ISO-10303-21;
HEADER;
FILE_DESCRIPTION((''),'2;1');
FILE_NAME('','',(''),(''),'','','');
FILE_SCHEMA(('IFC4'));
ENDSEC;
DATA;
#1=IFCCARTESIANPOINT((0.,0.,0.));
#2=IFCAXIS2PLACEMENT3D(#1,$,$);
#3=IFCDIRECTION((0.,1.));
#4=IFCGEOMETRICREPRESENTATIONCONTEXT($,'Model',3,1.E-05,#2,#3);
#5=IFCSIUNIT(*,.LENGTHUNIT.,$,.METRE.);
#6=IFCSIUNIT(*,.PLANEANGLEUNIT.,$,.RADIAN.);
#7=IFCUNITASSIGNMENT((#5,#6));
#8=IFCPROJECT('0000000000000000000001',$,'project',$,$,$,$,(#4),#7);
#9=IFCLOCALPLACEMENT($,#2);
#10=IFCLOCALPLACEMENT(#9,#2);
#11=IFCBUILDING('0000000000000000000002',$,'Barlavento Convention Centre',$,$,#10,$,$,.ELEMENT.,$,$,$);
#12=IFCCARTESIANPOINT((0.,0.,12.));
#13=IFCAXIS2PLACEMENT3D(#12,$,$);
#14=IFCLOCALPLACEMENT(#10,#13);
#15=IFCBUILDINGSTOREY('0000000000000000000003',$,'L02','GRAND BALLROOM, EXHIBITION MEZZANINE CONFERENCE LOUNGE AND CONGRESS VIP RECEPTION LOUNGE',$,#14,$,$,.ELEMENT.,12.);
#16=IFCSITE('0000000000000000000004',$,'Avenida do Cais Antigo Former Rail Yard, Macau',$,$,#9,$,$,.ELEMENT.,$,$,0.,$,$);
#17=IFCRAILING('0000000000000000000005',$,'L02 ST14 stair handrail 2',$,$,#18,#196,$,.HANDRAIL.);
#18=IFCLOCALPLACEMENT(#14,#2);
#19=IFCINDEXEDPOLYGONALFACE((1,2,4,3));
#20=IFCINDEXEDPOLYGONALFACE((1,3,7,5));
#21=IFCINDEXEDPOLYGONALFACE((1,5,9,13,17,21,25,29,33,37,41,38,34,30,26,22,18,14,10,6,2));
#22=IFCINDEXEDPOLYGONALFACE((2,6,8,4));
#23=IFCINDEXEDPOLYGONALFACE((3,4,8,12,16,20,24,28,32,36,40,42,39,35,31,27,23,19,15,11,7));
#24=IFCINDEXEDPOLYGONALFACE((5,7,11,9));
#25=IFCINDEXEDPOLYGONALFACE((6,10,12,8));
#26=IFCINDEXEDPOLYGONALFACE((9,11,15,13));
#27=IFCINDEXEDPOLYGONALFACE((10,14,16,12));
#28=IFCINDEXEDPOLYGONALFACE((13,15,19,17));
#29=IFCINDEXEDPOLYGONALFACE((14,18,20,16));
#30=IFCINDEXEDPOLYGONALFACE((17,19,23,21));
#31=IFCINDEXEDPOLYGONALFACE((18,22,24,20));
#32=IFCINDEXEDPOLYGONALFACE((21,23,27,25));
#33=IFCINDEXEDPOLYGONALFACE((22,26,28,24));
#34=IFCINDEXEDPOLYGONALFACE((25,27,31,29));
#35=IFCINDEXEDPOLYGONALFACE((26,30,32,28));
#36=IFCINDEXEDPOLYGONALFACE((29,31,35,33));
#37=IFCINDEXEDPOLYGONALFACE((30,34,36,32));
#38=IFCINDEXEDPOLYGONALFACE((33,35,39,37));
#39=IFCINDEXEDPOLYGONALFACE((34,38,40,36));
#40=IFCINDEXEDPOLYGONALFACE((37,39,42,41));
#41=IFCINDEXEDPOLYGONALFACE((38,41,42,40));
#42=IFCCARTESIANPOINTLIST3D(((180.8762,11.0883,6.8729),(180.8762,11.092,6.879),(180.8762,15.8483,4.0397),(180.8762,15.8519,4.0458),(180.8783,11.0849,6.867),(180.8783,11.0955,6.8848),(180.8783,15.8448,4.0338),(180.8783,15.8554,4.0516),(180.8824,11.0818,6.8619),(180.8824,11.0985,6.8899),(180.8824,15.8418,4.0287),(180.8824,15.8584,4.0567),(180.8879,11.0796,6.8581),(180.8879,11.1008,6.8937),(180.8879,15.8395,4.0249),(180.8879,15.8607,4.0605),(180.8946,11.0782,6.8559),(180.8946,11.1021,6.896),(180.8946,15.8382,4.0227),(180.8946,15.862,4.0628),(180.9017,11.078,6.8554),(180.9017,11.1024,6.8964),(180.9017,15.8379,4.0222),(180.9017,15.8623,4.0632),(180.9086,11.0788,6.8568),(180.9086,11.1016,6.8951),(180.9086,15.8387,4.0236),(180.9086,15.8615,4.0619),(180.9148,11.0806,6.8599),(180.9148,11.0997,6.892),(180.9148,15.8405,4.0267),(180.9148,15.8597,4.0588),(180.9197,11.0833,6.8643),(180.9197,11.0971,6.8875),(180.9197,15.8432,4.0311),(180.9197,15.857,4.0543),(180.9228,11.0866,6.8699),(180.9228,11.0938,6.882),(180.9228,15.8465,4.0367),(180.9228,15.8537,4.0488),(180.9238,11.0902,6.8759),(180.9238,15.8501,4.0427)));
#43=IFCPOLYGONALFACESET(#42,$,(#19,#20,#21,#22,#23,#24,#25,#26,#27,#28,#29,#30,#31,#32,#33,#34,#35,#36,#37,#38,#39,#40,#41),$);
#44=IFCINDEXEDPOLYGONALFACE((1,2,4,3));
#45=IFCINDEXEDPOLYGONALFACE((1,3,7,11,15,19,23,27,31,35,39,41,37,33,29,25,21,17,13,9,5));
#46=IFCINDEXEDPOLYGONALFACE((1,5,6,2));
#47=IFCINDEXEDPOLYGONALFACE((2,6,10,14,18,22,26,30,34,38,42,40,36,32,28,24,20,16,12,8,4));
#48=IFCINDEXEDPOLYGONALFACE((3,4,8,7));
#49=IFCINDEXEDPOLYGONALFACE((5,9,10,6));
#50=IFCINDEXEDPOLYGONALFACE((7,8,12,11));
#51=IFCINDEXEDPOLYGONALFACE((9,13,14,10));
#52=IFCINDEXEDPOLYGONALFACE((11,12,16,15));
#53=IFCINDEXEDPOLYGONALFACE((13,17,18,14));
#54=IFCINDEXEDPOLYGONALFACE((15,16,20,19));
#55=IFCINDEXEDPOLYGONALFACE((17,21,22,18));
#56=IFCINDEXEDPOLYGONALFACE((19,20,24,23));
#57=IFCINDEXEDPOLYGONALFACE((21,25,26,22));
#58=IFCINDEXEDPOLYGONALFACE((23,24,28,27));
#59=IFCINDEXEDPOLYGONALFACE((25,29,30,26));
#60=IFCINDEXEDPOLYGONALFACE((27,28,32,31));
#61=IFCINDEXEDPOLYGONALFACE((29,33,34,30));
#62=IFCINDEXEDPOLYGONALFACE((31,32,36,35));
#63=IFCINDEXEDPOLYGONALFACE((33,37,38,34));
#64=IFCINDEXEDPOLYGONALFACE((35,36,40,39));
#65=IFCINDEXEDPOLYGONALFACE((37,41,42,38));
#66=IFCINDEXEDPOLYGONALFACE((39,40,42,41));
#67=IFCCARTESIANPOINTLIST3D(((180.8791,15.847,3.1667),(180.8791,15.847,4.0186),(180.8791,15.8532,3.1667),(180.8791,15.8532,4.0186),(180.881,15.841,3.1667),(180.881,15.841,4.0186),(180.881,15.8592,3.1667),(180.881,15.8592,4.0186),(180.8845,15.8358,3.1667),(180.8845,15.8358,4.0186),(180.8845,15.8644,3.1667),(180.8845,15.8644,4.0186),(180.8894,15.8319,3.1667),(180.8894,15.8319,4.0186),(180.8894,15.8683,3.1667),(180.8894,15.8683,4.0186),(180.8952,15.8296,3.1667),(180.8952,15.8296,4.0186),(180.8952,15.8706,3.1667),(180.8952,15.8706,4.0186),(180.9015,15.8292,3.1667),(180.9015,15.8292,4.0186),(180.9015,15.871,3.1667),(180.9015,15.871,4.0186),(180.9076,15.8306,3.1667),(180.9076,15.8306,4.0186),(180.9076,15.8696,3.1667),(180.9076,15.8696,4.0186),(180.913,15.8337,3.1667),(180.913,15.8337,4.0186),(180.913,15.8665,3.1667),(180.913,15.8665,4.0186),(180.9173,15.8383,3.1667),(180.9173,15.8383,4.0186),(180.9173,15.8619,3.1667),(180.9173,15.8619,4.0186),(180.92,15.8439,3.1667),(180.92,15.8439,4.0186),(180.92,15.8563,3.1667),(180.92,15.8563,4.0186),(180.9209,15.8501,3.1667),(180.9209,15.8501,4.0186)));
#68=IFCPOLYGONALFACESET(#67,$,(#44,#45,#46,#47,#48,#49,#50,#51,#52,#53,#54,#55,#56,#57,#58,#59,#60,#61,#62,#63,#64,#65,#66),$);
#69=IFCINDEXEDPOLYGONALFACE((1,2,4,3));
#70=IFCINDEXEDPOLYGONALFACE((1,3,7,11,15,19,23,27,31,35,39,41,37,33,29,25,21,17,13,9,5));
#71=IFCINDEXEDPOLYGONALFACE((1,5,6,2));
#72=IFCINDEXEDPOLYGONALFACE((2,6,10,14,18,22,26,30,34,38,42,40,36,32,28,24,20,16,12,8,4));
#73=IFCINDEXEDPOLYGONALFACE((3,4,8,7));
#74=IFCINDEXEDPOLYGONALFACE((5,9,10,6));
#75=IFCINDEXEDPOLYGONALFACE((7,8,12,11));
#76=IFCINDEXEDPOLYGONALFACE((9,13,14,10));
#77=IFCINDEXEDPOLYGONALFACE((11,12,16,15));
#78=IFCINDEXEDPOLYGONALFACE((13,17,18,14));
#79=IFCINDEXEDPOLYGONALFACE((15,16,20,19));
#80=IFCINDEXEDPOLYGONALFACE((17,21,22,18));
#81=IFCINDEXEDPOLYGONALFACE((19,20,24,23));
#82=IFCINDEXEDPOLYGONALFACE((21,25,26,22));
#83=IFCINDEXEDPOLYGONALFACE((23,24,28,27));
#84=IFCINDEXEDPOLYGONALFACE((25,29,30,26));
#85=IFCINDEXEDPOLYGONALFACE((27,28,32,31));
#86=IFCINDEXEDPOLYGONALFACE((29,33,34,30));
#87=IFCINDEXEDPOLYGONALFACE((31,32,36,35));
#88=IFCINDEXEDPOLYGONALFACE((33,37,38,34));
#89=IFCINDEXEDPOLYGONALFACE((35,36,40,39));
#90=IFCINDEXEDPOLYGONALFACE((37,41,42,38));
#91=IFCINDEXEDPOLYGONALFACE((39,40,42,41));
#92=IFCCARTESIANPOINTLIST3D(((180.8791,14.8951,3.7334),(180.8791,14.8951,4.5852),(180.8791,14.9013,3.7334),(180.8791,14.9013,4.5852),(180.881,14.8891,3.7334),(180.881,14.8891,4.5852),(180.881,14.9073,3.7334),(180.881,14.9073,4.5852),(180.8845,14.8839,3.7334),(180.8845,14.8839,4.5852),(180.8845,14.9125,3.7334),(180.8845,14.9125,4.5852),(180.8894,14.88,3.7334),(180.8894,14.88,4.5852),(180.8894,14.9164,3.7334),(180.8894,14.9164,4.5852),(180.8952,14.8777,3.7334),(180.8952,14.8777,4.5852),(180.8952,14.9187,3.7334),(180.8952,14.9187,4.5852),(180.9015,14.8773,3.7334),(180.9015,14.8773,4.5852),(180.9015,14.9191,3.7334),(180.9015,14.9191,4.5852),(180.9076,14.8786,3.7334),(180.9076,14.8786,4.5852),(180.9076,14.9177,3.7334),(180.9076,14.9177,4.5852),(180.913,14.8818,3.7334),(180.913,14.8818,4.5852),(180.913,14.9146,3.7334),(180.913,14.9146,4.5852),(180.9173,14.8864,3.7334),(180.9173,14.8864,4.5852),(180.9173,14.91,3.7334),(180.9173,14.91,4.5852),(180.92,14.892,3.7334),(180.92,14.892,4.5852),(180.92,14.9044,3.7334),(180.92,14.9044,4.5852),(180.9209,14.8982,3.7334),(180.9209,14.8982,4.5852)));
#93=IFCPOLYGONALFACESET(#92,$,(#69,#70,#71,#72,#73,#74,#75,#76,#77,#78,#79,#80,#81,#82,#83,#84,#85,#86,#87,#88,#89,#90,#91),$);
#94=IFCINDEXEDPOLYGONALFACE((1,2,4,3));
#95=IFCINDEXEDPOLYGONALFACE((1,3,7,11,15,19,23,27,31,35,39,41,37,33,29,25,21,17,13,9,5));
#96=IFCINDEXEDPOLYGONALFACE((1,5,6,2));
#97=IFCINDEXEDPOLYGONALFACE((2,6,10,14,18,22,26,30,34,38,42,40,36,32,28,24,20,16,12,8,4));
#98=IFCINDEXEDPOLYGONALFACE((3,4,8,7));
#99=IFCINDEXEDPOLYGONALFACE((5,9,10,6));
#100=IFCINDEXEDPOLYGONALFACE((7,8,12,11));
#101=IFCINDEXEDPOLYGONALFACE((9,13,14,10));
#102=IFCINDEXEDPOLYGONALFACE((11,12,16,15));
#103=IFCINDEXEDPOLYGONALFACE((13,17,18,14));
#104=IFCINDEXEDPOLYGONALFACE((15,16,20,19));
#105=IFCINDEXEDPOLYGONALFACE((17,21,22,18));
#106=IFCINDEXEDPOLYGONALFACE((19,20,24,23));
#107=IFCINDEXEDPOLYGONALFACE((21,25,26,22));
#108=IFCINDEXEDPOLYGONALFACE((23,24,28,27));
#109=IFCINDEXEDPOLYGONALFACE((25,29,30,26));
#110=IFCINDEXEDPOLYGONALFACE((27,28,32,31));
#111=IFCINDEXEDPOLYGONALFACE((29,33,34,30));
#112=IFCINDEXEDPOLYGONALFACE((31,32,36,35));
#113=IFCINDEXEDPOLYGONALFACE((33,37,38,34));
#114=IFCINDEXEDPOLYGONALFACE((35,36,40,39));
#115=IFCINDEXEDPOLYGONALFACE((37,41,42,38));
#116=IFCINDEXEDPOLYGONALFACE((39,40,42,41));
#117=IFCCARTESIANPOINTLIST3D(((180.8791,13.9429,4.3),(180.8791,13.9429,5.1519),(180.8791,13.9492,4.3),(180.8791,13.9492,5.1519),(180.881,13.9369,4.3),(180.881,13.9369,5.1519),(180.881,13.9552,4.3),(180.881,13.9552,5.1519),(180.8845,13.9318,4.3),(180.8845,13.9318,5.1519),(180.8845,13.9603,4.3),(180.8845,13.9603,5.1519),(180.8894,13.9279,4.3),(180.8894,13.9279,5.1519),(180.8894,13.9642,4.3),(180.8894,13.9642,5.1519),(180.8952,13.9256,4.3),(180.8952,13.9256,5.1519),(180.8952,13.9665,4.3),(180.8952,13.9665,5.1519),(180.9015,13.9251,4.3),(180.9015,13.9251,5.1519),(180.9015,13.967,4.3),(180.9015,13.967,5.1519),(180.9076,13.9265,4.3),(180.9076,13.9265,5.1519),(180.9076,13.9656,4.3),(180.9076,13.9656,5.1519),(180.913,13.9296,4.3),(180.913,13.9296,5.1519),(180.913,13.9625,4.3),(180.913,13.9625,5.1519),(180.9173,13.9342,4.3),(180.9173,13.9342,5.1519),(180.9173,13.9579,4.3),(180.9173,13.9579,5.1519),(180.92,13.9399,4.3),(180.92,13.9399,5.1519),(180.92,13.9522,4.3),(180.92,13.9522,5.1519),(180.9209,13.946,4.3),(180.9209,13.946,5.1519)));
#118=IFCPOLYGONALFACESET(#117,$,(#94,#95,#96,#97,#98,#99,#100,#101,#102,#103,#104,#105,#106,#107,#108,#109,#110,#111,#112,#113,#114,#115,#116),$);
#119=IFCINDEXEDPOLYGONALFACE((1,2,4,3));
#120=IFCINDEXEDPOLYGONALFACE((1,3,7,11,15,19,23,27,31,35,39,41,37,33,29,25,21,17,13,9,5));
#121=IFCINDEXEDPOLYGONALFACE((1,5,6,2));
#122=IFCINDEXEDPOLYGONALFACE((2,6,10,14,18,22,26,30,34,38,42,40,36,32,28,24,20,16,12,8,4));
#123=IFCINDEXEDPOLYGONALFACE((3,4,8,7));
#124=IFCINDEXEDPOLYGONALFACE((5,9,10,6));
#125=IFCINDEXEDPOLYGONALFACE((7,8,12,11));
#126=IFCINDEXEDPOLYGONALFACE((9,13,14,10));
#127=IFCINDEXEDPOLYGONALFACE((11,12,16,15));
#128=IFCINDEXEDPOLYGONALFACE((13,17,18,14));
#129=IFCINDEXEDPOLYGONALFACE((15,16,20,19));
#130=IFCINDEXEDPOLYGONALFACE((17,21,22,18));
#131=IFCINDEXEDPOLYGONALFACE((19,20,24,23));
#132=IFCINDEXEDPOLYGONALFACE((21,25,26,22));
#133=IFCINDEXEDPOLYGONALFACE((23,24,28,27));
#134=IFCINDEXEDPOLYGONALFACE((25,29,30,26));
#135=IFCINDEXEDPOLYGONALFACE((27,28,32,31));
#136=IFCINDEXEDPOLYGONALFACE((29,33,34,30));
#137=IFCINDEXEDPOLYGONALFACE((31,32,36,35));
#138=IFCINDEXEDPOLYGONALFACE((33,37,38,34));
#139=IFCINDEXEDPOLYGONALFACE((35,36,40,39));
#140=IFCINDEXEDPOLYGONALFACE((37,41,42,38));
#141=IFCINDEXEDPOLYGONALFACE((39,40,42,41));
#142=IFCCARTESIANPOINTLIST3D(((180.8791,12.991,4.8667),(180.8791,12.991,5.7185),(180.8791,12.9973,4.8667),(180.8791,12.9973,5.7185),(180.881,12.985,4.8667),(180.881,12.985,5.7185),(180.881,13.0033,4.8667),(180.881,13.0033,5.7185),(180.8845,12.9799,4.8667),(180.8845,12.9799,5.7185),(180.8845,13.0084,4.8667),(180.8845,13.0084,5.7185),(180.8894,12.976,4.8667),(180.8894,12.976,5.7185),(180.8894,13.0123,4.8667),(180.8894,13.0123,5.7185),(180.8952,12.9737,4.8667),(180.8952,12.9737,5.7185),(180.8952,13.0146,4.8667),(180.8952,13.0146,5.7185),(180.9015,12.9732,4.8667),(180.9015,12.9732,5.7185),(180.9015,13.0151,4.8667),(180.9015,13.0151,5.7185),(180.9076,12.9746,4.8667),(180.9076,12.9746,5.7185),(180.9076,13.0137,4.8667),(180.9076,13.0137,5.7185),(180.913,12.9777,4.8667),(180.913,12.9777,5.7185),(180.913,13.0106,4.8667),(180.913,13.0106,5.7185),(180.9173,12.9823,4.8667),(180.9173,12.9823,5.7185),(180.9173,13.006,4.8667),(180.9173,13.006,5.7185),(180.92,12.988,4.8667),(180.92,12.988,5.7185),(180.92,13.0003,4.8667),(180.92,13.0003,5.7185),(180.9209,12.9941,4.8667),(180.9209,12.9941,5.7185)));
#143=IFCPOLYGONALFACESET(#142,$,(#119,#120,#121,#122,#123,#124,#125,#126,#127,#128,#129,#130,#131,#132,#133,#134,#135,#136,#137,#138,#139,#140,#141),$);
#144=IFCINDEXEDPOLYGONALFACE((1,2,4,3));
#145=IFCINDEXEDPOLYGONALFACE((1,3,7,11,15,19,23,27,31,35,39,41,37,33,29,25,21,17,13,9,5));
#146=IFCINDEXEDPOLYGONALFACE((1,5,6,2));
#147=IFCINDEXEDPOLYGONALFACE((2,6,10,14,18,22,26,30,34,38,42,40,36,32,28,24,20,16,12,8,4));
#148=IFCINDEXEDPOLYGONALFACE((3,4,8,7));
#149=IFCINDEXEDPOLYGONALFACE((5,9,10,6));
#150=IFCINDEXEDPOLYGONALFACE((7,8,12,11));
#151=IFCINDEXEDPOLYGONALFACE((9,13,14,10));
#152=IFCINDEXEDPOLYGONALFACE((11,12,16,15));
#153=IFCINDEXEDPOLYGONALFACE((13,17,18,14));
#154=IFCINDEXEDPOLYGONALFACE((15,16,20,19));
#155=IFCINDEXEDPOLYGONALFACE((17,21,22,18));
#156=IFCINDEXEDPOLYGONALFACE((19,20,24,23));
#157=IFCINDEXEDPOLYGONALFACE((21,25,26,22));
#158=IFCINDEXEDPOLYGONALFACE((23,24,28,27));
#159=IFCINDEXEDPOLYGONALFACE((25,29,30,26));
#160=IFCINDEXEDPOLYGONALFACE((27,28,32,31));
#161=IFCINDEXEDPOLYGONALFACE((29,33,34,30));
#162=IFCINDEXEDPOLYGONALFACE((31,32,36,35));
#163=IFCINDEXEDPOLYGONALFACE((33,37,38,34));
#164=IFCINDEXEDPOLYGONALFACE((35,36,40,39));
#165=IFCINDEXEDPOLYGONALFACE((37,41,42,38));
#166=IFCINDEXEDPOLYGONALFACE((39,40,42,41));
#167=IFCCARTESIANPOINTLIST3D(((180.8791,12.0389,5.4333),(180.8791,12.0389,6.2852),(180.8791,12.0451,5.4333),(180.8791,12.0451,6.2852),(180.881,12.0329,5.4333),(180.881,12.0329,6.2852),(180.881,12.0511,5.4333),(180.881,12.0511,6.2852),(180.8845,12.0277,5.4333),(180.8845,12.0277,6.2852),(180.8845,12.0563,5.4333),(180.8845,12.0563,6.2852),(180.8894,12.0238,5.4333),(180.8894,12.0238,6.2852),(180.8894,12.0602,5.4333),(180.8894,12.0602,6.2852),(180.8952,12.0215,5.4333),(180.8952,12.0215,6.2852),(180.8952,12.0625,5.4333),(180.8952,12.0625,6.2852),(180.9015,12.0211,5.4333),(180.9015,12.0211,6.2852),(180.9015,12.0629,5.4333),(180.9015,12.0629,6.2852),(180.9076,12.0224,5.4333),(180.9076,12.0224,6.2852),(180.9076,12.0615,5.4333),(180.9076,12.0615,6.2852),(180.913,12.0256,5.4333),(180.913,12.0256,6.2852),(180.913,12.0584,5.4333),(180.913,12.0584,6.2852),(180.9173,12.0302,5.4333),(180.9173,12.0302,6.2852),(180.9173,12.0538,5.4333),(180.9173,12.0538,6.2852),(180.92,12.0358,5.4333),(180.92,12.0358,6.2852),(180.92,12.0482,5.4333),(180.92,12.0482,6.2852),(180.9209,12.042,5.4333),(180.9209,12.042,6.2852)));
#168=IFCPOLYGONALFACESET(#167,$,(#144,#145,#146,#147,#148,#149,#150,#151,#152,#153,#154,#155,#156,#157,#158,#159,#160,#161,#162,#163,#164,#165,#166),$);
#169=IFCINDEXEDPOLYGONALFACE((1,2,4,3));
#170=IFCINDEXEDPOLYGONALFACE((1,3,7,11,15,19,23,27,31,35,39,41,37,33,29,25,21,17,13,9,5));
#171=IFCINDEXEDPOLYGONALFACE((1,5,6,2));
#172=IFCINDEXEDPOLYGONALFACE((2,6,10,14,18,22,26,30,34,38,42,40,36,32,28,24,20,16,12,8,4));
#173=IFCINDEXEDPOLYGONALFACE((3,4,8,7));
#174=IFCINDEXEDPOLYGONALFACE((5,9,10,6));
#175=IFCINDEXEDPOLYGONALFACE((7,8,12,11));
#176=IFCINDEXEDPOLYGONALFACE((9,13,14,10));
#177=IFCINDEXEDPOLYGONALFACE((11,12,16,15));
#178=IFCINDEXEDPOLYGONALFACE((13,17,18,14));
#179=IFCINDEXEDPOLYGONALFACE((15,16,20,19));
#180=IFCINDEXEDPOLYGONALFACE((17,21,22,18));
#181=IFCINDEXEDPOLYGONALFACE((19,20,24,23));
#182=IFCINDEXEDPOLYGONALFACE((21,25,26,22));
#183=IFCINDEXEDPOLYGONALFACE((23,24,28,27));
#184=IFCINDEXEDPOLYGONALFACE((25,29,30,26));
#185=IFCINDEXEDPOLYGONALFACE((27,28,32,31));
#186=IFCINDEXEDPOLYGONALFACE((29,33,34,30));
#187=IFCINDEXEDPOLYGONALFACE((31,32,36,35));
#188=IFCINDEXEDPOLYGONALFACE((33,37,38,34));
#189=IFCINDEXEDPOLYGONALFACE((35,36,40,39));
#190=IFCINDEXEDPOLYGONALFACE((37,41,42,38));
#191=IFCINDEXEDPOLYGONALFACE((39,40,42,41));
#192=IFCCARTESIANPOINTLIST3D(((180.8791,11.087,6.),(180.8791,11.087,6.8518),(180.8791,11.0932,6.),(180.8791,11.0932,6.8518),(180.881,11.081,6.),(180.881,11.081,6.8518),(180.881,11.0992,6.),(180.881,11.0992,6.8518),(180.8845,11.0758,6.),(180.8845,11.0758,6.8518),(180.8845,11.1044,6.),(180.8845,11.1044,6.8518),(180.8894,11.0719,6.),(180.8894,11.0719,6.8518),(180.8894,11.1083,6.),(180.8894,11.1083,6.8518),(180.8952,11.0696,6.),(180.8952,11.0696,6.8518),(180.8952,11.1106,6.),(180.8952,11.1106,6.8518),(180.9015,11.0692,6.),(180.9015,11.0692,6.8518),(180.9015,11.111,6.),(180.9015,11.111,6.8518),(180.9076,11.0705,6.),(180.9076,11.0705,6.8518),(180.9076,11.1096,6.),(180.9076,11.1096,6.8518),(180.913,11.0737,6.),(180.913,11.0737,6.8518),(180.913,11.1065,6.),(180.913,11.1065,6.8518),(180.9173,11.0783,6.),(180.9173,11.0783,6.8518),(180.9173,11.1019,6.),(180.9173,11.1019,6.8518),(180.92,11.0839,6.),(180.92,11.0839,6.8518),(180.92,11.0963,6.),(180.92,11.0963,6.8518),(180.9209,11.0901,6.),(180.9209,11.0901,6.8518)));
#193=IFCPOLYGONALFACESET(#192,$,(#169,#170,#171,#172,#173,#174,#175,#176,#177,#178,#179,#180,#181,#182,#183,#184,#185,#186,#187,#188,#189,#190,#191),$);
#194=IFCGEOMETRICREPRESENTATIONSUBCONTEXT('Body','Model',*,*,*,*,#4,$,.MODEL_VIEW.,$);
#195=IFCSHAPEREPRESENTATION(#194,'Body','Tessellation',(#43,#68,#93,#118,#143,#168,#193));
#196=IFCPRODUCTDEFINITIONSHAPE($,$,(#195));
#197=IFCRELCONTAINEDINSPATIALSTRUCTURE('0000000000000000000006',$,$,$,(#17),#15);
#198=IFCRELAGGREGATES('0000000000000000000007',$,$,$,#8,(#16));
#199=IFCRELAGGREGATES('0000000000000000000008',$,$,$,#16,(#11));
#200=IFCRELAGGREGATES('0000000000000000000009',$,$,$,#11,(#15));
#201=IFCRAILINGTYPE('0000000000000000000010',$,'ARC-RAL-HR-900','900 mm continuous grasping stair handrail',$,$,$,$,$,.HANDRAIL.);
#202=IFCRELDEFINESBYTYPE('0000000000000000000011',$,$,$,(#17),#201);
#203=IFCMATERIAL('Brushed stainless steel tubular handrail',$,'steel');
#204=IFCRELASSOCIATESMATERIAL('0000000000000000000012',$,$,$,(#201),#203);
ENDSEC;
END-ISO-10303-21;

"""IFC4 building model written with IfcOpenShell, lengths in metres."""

from ifc_helpers import new_model, si_unit, direction, frame, origin, origin_2d, place, context, subcontext, project, spatial, circle, extrude, material, type_object, element, save


model = new_model("IFC4")

# Units and contexts
model_context = context("Model", 3, precision=1e-05, world=origin(), true_north=direction((0.0, 1.0)))
body_context = subcontext(model_context, "Body", "Model", "MODEL_VIEW")
ifc_project = project(units=[si_unit("LENGTHUNIT", "METRE"), si_unit("PLANEANGLEUNIT", "RADIAN")], contexts=[model_context])

# Site, building, storey
site_placement = place(None, origin())
site = spatial("IfcSite", under=ifc_project, at=site_placement, Name="Avenida do Cais Antigo Former Rail Yard, Macau", CompositionType="ELEMENT", RefElevation=0.0)
building_placement = place(site_placement, origin())
building = spatial("IfcBuilding", under=site, at=building_placement, Name="Barlavento Convention Centre", CompositionType="ELEMENT")
storey_placement = place(building_placement, frame((0.0, 0.0, 12.0)))
storey = spatial("IfcBuildingStorey", under=building, at=storey_placement, Name="L02", Description="GRAND BALLROOM, EXHIBITION MEZZANINE CONFERENCE LOUNGE AND CONGRESS VIP RECEPTION LOUNGE", CompositionType="ELEMENT", Elevation=12.0)

# Railing
ifc_material_1 = material(Name="Brushed stainless steel tubular handrail", Category="steel")
railing_type_1 = type_object("IfcRailingType", Name="ARC-RAL-HR-900", Description="900 mm continuous grasping stair handrail", PredefinedType="HANDRAIL", material=ifc_material_1)
railing_1_placement = place(storey_placement, frame((180.8999, 15.8501, 3.1667)))
element("IfcRailing", 1, at=railing_1_placement, inside=storey, type_object=railing_type_1, Name="L02 ST14 stair handrail 2", PredefinedType="HANDRAIL", context=body_context, shape_type="SweptSolid", body=[
    extrude(circle(Radius=0.0239, at=origin_2d()), frame((0.0, 0.0, 0.876), z_axis=(0.0, -0.8593, 0.511472), x_axis=(1.0, 0.0, 0.0)), (0.0, 0.0, 1.0), 5.5393),
    extrude(circle(Radius=0.021, at=origin_2d()), origin(), (0.0, 0.0, 1.0), 0.8518),
    extrude(circle(Radius=0.021, at=origin_2d()), frame((0.0, -0.9519, 0.5667)), (0.0, 0.0, 1.0), 0.8518),
    extrude(circle(Radius=0.021, at=origin_2d()), frame((0.0, -1.9041, 1.1333)), (0.0, 0.0, 1.0), 0.8518),
    extrude(circle(Radius=0.021, at=origin_2d()), frame((0.0, -2.856, 1.7)), (0.0, 0.0, 1.0), 0.8518),
    extrude(circle(Radius=0.021, at=origin_2d()), frame((0.0, -3.8081, 2.2666)), (0.0, 0.0, 1.0), 0.8518),
    extrude(circle(Radius=0.021, at=origin_2d()), frame((0.0, -4.76, 2.8333)), (0.0, 0.0, 1.0), 0.8518),
])

save(model, "model.ifc")
